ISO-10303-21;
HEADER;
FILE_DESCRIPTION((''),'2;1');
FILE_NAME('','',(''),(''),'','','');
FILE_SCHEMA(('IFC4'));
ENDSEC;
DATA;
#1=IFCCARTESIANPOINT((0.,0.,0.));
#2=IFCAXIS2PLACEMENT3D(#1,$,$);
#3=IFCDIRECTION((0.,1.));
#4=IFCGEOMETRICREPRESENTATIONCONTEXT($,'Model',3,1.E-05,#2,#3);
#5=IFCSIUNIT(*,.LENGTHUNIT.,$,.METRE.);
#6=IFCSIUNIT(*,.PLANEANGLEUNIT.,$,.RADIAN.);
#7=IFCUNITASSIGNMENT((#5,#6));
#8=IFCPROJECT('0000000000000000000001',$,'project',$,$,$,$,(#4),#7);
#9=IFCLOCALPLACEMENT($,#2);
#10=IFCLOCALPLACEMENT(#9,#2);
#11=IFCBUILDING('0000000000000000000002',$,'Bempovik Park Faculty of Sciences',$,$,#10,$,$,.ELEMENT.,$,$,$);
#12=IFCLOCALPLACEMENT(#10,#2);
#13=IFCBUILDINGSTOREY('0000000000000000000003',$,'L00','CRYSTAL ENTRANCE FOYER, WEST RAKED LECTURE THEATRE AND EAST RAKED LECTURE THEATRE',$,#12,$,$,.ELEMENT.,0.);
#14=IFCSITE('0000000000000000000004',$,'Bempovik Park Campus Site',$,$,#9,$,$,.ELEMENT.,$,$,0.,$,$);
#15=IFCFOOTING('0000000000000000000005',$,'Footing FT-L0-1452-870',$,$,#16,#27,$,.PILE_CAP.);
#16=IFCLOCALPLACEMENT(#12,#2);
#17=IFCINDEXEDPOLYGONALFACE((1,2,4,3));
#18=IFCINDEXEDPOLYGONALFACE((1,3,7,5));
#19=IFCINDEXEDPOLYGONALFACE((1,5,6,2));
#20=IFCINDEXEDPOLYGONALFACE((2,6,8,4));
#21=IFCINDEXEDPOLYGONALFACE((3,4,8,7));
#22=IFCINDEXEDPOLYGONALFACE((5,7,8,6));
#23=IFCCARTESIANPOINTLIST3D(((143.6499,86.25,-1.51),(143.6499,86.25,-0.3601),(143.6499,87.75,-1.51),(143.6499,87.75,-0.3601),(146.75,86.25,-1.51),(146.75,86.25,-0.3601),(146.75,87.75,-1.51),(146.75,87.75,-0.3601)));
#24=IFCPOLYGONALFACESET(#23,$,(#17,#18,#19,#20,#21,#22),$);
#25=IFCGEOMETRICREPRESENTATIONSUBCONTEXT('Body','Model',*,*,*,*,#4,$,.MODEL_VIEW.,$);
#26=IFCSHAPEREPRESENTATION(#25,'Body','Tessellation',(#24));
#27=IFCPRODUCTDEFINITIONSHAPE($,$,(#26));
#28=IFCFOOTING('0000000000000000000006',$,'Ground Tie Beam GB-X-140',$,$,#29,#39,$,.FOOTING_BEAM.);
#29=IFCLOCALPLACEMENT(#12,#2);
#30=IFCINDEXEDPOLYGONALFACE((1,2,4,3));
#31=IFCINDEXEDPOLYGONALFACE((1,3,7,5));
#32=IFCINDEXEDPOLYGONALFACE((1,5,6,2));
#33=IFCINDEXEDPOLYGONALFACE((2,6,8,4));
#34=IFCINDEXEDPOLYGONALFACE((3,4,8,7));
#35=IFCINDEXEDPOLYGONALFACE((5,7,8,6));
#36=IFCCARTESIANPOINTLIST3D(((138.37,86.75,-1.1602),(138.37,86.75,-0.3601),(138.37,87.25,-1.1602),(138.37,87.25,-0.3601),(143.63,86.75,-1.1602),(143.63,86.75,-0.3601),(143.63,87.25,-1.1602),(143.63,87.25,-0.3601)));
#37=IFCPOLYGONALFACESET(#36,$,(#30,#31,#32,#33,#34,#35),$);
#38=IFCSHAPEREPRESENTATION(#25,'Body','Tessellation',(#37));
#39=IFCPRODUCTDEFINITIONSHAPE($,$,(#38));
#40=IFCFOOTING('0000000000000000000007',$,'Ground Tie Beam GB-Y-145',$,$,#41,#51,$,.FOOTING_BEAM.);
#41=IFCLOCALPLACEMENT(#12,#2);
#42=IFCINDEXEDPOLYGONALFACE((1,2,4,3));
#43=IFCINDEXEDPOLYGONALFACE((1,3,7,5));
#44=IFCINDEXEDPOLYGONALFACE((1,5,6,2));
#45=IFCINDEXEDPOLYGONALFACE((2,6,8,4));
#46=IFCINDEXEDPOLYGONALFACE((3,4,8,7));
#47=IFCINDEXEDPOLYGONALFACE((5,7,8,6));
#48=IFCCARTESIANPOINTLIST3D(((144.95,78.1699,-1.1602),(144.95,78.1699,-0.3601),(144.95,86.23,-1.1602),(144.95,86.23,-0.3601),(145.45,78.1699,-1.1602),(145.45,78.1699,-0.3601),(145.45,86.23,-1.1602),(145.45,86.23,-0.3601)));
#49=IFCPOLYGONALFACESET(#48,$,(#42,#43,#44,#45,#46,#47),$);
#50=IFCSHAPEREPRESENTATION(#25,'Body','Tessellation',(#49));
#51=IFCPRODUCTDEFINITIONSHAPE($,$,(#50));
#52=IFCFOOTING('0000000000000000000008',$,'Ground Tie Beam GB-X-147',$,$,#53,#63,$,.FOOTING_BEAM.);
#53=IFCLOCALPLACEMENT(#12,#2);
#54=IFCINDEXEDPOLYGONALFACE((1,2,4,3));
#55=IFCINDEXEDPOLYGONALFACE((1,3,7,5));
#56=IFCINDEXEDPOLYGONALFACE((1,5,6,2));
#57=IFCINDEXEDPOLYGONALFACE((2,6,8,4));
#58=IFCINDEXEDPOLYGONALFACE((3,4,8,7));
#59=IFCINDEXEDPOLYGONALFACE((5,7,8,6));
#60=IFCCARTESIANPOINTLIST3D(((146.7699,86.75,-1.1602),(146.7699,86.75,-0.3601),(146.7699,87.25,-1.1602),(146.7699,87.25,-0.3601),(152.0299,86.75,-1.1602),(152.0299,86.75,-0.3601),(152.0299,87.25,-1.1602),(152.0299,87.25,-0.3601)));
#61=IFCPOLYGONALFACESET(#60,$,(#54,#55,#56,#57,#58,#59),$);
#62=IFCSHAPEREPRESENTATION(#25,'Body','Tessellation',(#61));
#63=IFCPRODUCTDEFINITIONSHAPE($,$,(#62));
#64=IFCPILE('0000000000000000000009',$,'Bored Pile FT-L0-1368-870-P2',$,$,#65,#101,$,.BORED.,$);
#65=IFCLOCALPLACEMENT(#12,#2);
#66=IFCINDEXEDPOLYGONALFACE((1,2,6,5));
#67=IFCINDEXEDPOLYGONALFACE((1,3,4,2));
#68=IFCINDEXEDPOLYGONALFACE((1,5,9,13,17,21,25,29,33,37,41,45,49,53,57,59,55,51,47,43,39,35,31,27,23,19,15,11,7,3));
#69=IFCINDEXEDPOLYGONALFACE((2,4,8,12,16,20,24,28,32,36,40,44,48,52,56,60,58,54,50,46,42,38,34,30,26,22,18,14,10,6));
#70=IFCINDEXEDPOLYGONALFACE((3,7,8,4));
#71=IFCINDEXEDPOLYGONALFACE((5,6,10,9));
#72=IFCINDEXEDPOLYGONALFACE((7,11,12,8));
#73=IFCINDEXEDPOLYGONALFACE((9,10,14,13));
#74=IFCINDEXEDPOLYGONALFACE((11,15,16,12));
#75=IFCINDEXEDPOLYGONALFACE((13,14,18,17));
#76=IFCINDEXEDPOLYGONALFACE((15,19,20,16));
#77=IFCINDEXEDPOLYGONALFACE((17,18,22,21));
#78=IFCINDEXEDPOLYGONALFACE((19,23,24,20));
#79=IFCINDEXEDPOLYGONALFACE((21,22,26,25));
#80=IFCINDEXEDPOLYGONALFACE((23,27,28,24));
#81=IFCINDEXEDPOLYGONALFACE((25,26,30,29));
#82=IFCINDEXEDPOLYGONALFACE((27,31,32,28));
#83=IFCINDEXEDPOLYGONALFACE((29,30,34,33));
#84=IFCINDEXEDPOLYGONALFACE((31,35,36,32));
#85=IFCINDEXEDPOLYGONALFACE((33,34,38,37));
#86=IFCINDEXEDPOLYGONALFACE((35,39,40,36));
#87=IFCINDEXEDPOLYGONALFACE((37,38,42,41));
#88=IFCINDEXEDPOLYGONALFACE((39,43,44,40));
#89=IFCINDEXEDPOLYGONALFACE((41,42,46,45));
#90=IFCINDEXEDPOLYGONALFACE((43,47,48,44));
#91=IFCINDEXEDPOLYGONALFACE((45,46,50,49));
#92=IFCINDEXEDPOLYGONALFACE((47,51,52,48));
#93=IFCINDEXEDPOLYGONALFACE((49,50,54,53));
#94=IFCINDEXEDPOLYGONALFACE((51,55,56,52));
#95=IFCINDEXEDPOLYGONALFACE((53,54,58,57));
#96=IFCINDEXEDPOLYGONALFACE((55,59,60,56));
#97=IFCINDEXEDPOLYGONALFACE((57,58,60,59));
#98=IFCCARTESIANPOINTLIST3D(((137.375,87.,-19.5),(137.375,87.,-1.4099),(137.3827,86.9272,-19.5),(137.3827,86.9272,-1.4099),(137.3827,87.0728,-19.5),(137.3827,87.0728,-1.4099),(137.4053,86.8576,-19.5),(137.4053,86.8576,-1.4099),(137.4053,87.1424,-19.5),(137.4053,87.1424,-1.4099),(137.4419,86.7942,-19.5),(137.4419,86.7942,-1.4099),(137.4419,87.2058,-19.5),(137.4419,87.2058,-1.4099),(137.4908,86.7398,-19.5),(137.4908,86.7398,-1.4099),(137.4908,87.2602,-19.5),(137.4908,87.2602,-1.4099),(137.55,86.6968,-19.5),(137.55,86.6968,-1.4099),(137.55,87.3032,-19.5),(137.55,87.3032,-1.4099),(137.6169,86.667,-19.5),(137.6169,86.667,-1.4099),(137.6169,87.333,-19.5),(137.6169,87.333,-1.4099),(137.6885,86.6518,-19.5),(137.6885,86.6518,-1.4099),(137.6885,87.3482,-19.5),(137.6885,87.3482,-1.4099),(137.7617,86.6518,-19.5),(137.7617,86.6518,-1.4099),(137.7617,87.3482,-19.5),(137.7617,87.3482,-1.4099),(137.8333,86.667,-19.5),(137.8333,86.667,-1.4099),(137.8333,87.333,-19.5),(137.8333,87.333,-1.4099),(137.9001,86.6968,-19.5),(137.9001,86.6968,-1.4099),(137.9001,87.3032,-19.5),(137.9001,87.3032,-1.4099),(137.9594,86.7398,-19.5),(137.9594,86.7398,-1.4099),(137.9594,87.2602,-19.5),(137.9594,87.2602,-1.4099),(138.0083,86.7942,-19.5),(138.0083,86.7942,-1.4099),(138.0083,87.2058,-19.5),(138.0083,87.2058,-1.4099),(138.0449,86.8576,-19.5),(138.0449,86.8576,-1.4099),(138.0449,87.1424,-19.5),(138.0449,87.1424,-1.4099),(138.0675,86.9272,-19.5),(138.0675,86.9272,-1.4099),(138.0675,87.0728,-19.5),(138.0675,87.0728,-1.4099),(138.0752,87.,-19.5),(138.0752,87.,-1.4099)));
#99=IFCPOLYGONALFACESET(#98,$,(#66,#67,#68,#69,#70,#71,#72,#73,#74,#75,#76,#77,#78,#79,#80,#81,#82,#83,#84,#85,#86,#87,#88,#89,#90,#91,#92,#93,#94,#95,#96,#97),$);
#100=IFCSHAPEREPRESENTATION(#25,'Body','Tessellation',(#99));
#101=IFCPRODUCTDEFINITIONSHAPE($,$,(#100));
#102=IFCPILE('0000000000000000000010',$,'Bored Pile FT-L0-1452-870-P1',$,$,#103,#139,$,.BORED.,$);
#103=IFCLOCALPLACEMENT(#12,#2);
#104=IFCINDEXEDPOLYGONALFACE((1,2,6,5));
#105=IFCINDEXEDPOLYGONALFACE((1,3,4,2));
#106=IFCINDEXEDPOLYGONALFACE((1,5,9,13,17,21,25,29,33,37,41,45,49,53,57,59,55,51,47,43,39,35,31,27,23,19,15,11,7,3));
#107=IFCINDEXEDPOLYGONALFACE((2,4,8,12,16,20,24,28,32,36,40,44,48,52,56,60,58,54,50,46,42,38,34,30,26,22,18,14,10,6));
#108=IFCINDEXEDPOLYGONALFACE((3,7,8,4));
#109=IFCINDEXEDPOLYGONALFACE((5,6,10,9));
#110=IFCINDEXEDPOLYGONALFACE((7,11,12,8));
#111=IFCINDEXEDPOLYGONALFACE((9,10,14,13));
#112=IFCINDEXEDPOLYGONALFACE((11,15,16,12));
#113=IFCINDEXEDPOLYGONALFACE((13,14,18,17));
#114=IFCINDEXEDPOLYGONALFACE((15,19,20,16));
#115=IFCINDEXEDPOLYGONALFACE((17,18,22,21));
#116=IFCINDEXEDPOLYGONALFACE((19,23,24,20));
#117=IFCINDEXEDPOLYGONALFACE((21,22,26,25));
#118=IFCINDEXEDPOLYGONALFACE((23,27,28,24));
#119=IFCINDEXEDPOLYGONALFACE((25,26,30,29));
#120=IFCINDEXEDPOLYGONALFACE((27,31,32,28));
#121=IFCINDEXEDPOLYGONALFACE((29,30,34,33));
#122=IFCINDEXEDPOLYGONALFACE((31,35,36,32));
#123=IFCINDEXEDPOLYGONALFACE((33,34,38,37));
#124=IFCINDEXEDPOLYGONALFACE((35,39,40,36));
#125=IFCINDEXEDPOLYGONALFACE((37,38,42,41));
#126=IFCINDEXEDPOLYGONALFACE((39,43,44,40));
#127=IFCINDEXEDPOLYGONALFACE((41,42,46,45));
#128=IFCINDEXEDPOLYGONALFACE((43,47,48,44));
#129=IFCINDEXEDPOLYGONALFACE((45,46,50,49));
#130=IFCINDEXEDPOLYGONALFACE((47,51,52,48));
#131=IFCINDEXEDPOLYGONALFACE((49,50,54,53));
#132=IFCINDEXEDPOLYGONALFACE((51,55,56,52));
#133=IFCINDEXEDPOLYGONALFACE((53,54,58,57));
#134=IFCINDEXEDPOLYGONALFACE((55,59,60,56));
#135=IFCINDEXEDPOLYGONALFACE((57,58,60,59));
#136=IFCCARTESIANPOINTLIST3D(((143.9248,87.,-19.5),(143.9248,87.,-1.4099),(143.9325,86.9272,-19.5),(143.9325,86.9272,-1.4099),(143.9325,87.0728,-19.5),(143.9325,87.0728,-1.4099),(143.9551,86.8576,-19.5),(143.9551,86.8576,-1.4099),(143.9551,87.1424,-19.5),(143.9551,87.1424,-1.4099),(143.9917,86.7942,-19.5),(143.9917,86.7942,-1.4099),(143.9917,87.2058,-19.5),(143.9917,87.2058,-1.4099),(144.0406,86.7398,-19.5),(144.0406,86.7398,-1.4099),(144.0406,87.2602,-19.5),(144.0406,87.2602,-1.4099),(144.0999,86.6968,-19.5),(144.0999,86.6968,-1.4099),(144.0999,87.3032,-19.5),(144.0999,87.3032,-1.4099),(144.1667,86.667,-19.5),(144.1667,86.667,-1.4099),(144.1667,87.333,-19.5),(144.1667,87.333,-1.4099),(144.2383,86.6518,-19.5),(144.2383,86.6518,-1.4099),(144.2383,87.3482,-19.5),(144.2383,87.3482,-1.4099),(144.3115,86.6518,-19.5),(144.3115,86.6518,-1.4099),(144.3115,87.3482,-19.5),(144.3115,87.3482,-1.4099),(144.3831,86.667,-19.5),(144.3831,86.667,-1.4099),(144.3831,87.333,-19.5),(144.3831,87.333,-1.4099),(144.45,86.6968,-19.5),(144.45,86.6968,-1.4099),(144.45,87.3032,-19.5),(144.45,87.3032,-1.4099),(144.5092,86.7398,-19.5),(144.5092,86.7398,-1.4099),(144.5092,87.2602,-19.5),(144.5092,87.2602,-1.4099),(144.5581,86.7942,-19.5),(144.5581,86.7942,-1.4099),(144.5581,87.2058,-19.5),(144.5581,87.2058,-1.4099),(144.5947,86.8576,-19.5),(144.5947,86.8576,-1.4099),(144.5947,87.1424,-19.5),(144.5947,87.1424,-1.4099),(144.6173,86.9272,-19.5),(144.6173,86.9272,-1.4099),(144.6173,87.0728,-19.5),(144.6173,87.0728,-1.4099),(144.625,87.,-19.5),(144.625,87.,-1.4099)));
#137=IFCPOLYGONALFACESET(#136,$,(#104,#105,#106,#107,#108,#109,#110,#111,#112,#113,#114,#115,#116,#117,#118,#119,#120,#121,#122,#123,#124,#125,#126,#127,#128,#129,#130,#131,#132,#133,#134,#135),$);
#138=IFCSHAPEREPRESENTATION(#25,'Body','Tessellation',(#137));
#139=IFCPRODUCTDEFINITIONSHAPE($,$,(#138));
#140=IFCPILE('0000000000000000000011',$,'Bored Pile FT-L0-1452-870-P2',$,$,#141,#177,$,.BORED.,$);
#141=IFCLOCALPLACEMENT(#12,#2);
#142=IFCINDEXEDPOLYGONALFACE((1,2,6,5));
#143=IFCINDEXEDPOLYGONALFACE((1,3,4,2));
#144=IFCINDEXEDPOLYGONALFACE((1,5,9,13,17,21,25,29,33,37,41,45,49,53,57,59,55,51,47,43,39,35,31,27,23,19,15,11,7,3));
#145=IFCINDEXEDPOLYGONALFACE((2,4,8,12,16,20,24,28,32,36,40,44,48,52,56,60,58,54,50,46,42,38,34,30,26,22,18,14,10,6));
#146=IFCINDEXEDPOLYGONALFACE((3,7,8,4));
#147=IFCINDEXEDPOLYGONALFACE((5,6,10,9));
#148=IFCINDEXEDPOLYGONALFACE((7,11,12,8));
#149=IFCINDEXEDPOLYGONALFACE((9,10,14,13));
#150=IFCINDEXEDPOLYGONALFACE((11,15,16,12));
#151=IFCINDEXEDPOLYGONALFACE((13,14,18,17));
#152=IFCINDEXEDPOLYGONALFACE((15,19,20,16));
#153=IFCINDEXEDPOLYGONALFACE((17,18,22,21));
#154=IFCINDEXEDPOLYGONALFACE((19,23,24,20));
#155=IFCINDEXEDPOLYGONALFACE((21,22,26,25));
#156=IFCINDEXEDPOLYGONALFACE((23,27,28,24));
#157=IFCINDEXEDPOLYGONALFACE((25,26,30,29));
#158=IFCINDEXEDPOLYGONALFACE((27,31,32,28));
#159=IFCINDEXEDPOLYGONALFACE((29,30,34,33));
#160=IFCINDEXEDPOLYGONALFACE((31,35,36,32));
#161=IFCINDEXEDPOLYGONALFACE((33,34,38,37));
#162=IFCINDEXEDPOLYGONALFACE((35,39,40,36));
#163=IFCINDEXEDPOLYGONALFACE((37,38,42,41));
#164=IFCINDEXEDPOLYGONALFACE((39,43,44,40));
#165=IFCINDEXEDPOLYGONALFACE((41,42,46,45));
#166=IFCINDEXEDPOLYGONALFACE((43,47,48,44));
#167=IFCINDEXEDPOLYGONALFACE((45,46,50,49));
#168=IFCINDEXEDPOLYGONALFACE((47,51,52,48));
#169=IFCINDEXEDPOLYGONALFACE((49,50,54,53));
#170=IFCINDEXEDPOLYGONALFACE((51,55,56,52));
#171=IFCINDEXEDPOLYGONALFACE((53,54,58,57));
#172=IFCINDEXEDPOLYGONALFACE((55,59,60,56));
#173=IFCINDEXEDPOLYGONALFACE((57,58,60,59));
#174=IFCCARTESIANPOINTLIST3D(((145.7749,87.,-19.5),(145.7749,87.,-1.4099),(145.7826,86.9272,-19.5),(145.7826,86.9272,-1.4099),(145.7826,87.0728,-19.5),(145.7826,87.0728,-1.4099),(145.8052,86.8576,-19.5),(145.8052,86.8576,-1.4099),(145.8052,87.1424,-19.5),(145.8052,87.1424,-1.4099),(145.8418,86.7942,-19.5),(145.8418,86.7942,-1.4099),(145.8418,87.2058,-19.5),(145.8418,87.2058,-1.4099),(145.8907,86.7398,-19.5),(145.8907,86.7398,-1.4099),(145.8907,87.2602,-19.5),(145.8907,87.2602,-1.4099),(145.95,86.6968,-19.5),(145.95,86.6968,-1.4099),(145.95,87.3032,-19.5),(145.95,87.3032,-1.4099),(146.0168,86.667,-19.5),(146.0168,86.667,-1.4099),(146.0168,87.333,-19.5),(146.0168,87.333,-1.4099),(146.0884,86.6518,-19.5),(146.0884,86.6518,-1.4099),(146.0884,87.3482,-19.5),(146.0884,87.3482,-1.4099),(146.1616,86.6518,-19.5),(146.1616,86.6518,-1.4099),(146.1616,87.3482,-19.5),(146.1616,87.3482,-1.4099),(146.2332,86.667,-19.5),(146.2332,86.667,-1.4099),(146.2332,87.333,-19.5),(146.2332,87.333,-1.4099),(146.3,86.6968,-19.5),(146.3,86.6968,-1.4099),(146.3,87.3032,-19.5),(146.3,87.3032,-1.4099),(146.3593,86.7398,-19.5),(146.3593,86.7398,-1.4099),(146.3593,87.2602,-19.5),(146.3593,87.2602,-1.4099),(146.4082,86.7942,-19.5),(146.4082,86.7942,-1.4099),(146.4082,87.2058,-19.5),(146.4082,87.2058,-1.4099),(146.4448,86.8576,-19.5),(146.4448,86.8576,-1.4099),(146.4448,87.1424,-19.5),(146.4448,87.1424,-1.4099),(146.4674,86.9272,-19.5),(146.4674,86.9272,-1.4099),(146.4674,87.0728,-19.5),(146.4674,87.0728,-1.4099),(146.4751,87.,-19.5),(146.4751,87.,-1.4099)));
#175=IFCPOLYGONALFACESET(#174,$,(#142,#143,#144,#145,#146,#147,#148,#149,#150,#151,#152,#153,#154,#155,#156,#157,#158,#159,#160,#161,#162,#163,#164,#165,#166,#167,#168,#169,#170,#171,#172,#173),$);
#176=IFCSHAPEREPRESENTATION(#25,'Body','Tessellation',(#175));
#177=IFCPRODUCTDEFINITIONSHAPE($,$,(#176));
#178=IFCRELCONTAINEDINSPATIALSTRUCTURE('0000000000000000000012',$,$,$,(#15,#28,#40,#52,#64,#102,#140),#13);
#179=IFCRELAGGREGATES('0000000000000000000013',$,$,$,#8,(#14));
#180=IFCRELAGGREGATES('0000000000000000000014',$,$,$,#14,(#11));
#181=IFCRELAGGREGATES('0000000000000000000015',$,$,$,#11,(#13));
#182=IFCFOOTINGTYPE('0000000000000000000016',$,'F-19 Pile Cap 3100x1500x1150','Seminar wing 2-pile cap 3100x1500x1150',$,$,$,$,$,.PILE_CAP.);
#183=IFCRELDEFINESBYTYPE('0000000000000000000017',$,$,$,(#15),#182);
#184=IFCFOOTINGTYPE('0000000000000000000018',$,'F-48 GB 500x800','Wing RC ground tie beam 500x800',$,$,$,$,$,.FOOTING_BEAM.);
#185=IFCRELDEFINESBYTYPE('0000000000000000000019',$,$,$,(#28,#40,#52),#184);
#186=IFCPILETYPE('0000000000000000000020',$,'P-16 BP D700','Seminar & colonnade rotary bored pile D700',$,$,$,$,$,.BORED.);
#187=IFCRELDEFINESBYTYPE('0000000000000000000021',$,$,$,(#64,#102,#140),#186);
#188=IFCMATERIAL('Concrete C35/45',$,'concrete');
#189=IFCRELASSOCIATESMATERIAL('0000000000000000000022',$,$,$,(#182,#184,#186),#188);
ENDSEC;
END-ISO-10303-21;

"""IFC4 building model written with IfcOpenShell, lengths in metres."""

from ifc_helpers import new_model, si_unit, direction, frame, origin, origin_2d, place, context, subcontext, project, spatial, rectangle, circle, extrude, material, material_profile, profile_set, type_object, element, save


model = new_model("IFC4")

# Units and contexts
model_context = context("Model", 3, precision=1e-05, world=origin(), true_north=direction((0.0, 1.0)))
body_context = subcontext(model_context, "Body", "Model", "MODEL_VIEW")
ifc_project = project(units=[si_unit("LENGTHUNIT", "METRE"), si_unit("PLANEANGLEUNIT", "RADIAN")], contexts=[model_context])

# Site, building, storey
site_placement = place(None, origin())
site = spatial("IfcSite", under=ifc_project, at=site_placement, Name="Bempovik Park Campus Site", CompositionType="ELEMENT", RefElevation=0.0)
building_placement = place(site_placement, origin())
building = spatial("IfcBuilding", under=site, at=building_placement, Name="Bempovik Park Faculty of Sciences", CompositionType="ELEMENT")
storey_placement = place(building_placement, origin())
storey = spatial("IfcBuildingStorey", under=building, at=storey_placement, Name="L00", Description="CRYSTAL ENTRANCE FOYER, WEST RAKED LECTURE THEATRE AND EAST RAKED LECTURE THEATRE", CompositionType="ELEMENT", Elevation=0.0)

# Footings
ifc_material_1 = material(Name="Concrete C35/45", Category="concrete")
footing_type_1 = type_object("IfcFootingType", Name="F-19 Pile Cap 3100x1500x1150", Description="Seminar wing 2-pile cap 3100x1500x1150", PredefinedType="PILE_CAP", material=ifc_material_1)
footing_1_placement = place(storey_placement, frame((145.2, 87.0, -1.51), z_axis=(0.0, 0.0, 1.0), x_axis=(1.0, 0.0, 0.0)))
element("IfcFooting", 1, at=footing_1_placement, inside=storey, type_object=footing_type_1, Name="Footing FT-L0-1452-870", PredefinedType="PILE_CAP", context=body_context, shape_type="SweptSolid", body=[
    extrude(rectangle(XDim=3.1001, YDim=1.5, at=origin_2d()), origin(), (0.0, 0.0, 1.0), 1.1499),
])
footing_type_2 = type_object("IfcFootingType", Name="F-48 GB 500x800", Description="Wing RC ground tie beam 500x800", PredefinedType="FOOTING_BEAM", material=ifc_material_1)
footing_2_placement = place(storey_placement, frame((141.0, 87.0, -1.1602), z_axis=(0.0, 0.0, 1.0), x_axis=(1.0, 0.0, 0.0)))
element("IfcFooting", 2, at=footing_2_placement, inside=storey, type_object=footing_type_2, Name="Ground Tie Beam GB-X-140", PredefinedType="FOOTING_BEAM", context=body_context, shape_type="SweptSolid", body=[
    extrude(rectangle(XDim=5.26, YDim=0.5, at=origin_2d()), origin(), (0.0, 0.0, 1.0), 0.8),
])
footing_3_placement = place(storey_placement, frame((145.2, 82.2, -1.1602), z_axis=(0.0, 0.0, 1.0), x_axis=(1.0, 0.0, 0.0)))
element("IfcFooting", 3, at=footing_3_placement, inside=storey, type_object=footing_type_2, Name="Ground Tie Beam GB-Y-145", PredefinedType="FOOTING_BEAM", context=body_context, shape_type="SweptSolid", body=[
    extrude(rectangle(XDim=0.5, YDim=8.0601, at=origin_2d()), origin(), (0.0, 0.0, 1.0), 0.8),
])
footing_4_placement = place(storey_placement, frame((149.3999, 87.0, -1.1602), z_axis=(0.0, 0.0, 1.0), x_axis=(1.0, 0.0, 0.0)))
element("IfcFooting", 4, at=footing_4_placement, inside=storey, type_object=footing_type_2, Name="Ground Tie Beam GB-X-147", PredefinedType="FOOTING_BEAM", context=body_context, shape_type="SweptSolid", body=[
    extrude(rectangle(XDim=5.26, YDim=0.5, at=origin_2d()), origin(), (0.0, 0.0, 1.0), 0.8),
])

# Piles
ifc_material_profile_1 = material_profile(ifc_material_1, circle(Radius=0.3501, at=origin_2d()), Name="BP D700")
ifc_profile_set_1 = profile_set([ifc_material_profile_1], Name="Concrete C35/45")
pile_type = type_object("IfcPileType", Name="P-16 BP D700", Description="Seminar & colonnade rotary bored pile D700", PredefinedType="BORED", material=ifc_profile_set_1)
for number, where, z_axis, x_axis, name in (
    (5, (137.7251, 87.0, -1.4099), (0.0, 0.0, -1.0), (1.0, 0.0, 0.0), "Bored Pile FT-L0-1368-870-P2"),
    (6, (144.2749, 87.0, -1.4099), (0.0, 0.0, -1.0), (1.0, 0.0, 0.0), "Bored Pile FT-L0-1452-870-P1"),
    (7, (146.125, 87.0, -1.4099), (0.0, 0.0, -1.0), (1.0, 0.0, 0.0), "Bored Pile FT-L0-1452-870-P2"),
):
    element("IfcPile", number, at=place(storey_placement, frame(where, z_axis=z_axis, x_axis=x_axis)), inside=storey, type_object=pile_type, Name=name, PredefinedType="BORED", context=body_context, shape_type="SweptSolid", body=[
        extrude(circle(Radius=0.3501, at=origin_2d()), origin(), (0.0, 0.0, 1.0), 18.0901),
    ])

save(model, "model.ifc")
